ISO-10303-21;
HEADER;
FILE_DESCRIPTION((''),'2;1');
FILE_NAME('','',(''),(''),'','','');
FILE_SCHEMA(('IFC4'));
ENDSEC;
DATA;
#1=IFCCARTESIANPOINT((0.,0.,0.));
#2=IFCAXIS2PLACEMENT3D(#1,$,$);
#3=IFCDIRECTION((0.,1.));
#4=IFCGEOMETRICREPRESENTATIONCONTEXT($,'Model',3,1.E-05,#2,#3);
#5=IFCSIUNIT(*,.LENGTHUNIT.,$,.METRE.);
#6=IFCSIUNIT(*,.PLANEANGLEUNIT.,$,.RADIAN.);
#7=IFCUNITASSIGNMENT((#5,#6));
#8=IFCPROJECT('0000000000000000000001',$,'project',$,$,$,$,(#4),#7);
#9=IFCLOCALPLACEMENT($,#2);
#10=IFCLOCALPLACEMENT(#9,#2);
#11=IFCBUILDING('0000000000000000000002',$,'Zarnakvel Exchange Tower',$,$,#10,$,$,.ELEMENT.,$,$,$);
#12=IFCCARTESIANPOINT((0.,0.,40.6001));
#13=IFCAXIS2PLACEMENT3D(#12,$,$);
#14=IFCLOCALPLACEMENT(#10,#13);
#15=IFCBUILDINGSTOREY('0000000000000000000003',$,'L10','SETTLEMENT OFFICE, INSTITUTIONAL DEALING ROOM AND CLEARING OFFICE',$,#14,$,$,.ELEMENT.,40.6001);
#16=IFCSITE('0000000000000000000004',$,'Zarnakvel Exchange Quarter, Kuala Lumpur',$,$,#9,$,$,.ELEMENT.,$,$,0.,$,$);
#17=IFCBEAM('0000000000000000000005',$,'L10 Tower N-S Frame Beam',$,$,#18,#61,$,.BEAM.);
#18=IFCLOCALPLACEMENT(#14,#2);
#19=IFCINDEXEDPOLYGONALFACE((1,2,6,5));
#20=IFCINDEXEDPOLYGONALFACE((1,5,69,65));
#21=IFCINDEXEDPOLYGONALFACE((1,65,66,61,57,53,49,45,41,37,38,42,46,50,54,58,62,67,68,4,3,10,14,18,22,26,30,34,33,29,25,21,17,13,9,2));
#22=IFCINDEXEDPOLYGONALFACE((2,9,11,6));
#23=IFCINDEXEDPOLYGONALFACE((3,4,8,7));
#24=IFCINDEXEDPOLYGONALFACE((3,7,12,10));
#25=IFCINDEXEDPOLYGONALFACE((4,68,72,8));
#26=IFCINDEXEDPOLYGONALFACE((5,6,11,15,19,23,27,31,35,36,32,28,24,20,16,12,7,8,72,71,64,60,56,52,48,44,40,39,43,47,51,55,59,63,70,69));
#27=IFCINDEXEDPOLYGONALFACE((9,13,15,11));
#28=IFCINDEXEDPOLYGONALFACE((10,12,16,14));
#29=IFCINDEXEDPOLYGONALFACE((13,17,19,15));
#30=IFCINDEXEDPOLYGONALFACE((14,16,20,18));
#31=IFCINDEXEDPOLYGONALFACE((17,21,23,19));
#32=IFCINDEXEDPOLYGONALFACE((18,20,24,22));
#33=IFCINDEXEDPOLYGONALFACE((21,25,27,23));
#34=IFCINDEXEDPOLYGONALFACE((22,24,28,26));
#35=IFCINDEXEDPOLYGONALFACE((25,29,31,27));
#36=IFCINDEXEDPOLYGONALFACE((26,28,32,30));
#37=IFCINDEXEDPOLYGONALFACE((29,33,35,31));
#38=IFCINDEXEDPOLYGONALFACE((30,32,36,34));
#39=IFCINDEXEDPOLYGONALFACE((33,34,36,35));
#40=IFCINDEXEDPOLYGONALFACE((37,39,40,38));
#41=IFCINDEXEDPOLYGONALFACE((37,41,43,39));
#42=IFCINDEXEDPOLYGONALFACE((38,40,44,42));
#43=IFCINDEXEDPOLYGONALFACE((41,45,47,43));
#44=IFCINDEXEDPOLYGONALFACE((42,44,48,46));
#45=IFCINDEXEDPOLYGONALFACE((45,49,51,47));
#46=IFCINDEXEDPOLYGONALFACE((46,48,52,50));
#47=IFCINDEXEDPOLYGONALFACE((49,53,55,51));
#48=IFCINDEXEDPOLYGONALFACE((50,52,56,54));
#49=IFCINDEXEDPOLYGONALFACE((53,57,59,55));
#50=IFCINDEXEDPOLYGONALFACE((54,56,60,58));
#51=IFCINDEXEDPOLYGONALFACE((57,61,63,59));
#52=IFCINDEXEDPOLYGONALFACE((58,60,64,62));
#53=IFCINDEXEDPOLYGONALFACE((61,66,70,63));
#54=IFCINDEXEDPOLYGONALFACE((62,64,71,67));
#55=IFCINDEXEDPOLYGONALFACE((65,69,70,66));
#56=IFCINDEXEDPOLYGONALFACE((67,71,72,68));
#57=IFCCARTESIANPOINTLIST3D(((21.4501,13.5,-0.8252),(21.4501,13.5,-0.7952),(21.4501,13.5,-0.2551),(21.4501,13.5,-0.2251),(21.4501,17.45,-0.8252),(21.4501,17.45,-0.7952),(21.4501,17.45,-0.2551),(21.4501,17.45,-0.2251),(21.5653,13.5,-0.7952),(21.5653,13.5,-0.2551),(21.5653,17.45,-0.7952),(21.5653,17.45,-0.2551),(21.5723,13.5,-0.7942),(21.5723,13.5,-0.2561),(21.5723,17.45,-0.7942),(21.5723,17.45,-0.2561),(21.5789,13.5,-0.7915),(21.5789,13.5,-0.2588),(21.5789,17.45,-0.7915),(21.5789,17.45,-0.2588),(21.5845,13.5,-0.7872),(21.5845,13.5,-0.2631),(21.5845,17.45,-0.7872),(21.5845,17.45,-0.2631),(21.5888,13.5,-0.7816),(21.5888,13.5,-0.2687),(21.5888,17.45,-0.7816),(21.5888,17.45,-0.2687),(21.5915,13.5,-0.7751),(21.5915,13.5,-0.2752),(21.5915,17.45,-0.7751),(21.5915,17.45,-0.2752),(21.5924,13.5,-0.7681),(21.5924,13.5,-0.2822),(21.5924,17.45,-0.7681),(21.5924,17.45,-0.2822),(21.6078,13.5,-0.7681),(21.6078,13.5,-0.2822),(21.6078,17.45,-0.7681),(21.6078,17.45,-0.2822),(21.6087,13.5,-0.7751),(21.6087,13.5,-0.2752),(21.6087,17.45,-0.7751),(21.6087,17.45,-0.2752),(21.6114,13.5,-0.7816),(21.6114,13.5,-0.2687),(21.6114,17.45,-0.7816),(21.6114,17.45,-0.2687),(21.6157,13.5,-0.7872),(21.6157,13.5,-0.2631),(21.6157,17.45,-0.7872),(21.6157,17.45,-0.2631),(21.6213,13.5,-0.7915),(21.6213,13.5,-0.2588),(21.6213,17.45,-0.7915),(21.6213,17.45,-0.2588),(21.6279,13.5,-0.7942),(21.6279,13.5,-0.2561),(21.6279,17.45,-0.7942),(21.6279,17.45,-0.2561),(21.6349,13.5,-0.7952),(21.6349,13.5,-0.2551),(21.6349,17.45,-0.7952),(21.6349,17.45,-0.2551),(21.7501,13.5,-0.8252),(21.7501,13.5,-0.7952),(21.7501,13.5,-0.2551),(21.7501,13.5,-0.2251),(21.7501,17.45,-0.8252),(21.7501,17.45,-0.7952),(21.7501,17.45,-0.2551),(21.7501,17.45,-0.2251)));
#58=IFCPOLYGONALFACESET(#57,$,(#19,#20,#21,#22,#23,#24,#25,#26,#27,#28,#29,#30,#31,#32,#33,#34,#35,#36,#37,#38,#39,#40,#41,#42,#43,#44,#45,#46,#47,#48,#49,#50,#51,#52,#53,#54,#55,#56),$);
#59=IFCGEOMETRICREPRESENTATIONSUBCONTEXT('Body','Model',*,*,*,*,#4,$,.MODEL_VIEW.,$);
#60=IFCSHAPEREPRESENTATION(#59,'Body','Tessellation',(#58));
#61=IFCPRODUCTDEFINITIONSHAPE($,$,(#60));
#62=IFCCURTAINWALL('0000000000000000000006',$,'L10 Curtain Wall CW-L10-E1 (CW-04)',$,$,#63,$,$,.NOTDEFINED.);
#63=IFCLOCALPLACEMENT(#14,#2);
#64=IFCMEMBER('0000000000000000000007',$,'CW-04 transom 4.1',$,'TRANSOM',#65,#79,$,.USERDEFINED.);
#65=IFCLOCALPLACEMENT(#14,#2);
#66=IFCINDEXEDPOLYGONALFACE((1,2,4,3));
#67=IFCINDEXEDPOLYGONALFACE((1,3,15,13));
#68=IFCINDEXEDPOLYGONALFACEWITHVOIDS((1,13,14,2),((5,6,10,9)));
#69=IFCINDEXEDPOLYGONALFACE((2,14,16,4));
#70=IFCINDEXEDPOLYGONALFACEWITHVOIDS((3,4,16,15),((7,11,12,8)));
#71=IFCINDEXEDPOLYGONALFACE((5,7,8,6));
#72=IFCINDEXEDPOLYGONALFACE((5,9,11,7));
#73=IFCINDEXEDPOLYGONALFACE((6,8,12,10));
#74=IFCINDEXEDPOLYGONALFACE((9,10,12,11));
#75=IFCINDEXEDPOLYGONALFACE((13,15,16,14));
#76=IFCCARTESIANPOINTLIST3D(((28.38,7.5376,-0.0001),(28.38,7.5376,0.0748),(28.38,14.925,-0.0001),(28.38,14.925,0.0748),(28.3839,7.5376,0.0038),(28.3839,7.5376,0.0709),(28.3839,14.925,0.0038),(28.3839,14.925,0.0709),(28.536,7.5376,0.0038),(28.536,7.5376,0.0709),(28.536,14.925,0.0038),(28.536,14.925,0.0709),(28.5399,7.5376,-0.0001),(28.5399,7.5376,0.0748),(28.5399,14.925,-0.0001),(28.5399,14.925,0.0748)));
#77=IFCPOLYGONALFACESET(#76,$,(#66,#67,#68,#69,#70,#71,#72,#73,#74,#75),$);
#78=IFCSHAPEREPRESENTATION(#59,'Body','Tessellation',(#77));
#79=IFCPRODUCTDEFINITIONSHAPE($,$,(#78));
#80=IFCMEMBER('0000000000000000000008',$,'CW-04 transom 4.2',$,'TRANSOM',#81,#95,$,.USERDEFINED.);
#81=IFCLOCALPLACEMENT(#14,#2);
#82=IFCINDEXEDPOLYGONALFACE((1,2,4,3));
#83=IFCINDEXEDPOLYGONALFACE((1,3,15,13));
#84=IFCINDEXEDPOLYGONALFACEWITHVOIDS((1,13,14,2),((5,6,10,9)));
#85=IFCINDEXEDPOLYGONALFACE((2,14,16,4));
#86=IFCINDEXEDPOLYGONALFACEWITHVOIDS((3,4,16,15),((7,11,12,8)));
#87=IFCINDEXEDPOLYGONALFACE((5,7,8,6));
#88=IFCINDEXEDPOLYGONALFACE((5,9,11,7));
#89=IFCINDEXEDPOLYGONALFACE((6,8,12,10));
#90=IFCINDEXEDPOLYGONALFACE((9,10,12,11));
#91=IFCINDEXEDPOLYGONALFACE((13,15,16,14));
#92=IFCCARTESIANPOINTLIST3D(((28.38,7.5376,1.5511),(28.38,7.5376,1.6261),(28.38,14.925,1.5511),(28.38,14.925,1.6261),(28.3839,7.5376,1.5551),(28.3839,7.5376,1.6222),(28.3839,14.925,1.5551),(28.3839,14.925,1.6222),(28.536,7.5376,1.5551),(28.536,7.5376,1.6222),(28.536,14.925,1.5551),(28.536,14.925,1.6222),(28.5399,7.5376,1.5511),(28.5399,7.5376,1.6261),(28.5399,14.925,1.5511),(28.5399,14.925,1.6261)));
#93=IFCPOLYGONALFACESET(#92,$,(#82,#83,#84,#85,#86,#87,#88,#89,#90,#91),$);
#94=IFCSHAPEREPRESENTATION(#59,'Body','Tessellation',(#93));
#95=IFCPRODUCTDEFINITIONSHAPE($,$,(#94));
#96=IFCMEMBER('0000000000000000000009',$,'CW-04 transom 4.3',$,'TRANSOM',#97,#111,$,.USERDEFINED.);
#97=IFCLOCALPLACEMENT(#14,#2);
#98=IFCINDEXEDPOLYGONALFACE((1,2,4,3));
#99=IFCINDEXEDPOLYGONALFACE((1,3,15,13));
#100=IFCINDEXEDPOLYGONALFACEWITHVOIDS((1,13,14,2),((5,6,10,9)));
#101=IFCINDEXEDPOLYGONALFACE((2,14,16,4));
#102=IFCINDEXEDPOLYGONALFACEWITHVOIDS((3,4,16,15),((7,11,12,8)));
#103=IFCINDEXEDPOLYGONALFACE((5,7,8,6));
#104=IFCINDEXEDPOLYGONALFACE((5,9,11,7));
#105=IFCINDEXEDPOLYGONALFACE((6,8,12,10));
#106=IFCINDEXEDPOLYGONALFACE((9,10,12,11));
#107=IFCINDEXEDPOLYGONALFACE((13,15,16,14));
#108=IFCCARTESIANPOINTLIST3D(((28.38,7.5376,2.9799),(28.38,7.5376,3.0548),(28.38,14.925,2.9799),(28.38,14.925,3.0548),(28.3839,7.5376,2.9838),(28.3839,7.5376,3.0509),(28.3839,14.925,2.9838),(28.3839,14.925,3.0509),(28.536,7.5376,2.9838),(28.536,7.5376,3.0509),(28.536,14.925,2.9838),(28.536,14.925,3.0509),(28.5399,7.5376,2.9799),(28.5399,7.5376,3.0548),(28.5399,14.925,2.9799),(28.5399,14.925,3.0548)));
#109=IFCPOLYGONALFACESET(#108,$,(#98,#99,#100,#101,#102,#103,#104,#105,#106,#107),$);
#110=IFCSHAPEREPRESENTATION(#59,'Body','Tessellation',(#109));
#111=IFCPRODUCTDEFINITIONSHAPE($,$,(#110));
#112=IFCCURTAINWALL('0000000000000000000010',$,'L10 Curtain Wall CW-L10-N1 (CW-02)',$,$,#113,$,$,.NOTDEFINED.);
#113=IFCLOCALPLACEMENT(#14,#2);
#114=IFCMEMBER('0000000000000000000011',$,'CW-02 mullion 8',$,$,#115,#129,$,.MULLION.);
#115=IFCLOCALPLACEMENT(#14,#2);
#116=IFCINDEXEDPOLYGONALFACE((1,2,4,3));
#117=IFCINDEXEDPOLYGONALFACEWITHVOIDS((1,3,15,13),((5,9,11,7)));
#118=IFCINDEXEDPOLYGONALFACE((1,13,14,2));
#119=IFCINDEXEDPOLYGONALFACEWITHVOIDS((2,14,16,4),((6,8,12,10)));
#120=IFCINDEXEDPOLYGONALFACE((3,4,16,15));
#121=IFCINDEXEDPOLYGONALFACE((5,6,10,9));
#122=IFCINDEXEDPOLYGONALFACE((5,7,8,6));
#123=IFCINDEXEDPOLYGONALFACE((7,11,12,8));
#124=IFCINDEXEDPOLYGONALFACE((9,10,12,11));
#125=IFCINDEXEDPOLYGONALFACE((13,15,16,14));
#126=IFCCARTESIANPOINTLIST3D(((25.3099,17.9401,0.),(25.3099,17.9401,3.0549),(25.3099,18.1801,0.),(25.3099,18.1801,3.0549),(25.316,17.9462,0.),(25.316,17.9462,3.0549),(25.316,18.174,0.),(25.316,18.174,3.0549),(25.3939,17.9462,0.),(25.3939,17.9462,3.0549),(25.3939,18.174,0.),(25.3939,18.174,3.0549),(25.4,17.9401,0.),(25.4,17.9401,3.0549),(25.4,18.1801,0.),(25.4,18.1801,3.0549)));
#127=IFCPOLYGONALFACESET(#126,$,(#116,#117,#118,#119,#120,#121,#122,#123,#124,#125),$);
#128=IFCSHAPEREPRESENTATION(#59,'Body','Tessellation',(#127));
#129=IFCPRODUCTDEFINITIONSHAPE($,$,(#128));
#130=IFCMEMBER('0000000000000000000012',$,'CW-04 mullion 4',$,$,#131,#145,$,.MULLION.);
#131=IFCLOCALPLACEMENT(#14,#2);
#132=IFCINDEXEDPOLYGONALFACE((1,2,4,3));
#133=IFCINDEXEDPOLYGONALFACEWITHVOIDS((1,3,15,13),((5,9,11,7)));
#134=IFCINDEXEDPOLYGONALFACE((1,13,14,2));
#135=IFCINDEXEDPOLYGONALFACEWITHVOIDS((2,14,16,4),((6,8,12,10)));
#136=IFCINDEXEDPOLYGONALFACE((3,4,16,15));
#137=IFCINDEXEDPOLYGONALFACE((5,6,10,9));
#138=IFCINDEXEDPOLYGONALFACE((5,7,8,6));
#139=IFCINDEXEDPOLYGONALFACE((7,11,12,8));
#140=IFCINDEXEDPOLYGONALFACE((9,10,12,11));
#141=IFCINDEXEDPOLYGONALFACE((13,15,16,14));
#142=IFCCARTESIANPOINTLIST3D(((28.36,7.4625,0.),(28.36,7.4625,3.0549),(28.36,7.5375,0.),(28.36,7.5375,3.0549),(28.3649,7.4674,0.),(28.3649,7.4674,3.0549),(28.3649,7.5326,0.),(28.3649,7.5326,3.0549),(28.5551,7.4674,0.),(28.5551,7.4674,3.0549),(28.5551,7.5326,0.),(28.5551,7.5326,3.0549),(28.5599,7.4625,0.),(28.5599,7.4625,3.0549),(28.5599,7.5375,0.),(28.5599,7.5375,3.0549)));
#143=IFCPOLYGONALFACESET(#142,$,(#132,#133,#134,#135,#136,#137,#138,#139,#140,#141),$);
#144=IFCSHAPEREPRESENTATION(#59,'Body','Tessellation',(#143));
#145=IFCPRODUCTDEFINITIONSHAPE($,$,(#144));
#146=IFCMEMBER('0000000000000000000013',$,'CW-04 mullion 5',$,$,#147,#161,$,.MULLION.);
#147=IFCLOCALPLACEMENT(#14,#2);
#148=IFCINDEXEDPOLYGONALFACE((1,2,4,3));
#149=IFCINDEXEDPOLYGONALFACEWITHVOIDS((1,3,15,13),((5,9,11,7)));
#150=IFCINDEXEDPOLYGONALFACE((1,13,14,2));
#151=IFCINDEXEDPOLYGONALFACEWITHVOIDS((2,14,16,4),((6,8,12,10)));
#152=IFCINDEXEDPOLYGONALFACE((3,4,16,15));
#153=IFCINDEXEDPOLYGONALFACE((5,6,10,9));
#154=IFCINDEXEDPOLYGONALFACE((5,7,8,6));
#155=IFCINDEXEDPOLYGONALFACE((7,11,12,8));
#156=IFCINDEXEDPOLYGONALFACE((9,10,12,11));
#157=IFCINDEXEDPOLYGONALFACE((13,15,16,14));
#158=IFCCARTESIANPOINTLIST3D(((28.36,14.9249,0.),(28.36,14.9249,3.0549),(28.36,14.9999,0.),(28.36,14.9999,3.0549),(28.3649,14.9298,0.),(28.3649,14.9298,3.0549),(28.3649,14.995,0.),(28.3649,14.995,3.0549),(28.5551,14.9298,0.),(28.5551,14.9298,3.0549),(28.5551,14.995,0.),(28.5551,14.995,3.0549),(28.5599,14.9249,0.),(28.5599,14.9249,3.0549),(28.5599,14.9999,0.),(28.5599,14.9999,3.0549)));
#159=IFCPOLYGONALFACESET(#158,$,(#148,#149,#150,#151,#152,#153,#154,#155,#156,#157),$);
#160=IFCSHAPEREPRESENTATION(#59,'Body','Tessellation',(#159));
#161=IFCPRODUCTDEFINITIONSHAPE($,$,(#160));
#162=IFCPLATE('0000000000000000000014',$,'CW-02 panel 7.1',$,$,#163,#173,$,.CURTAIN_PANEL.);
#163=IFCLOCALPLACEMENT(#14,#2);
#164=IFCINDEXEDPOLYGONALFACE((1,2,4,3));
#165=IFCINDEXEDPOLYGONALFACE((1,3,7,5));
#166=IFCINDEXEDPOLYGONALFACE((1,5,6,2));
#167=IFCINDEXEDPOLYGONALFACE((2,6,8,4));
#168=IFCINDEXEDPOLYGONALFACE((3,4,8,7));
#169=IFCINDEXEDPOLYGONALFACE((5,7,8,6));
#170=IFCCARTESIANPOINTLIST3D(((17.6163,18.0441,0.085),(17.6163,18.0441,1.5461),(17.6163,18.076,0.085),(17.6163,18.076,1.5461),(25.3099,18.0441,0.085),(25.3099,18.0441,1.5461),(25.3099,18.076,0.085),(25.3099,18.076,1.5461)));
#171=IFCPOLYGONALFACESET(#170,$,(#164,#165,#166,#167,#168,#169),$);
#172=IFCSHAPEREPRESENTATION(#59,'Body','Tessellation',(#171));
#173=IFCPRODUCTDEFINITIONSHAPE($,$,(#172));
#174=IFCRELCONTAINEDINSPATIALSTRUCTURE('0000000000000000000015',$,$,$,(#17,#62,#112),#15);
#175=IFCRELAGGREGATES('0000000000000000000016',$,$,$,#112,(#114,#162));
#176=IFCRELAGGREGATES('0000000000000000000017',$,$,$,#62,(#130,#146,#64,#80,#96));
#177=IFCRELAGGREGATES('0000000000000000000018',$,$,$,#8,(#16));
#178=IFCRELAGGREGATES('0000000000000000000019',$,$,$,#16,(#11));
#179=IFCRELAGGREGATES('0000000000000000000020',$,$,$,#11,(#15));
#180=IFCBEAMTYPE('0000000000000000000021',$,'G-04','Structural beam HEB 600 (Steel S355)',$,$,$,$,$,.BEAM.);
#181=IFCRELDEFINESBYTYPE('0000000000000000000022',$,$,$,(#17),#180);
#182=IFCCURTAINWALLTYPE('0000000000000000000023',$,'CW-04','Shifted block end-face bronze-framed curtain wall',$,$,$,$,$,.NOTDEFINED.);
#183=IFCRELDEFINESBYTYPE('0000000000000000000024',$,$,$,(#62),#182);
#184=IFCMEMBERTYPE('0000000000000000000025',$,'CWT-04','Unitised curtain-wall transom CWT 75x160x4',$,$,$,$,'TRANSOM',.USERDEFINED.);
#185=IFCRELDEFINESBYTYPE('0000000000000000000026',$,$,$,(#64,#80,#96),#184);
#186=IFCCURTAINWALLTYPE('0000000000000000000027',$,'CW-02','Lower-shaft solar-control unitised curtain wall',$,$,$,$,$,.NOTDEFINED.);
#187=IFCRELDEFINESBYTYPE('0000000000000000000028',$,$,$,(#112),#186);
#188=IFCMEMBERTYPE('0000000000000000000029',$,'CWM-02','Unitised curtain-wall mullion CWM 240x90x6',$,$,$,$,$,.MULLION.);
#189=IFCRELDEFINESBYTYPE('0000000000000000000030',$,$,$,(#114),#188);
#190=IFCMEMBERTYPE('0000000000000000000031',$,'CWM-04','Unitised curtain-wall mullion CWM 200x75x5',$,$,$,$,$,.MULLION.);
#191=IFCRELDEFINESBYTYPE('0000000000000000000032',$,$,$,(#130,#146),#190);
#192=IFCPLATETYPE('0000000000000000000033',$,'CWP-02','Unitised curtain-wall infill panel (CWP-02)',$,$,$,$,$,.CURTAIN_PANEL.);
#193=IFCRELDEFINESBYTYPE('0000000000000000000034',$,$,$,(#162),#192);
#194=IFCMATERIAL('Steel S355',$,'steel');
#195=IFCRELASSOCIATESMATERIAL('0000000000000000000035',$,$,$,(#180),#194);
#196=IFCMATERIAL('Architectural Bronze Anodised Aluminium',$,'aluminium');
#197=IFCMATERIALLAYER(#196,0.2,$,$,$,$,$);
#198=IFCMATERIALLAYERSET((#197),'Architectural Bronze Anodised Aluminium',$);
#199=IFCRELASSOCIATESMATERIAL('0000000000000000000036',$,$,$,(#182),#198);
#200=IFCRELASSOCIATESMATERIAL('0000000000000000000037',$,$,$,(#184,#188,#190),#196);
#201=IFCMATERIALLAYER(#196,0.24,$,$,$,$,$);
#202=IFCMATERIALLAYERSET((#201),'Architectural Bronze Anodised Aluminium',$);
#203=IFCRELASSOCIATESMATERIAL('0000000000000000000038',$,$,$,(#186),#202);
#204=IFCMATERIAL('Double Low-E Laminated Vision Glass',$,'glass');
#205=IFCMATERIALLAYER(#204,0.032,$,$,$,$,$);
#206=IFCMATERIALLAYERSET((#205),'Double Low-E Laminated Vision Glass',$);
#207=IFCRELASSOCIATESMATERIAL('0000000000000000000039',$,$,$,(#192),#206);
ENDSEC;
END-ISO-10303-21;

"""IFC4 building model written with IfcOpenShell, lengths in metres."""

from ifc_helpers import new_model, si_unit, direction, frame, origin, origin_2d, place, context, subcontext, project, spatial, rectangle, hollow_rectangle, i_section, extrude, source, transform, mapped, material, layer, layer_set, material_profile, profile_set, type_object, element, aggregate, save


model = new_model("IFC4")

# Units and contexts
model_context = context("Model", 3, precision=1e-05, world=origin(), true_north=direction((0.0, 1.0)))
body_context = subcontext(model_context, "Body", "Model", "MODEL_VIEW")
ifc_project = project(units=[si_unit("LENGTHUNIT", "METRE"), si_unit("PLANEANGLEUNIT", "RADIAN")], contexts=[model_context])

# Site, building, storey
site_placement = place(None, origin())
site = spatial("IfcSite", under=ifc_project, at=site_placement, Name="Zarnakvel Exchange Quarter, Kuala Lumpur", CompositionType="ELEMENT", RefElevation=0.0)
building_placement = place(site_placement, origin())
building = spatial("IfcBuilding", under=site, at=building_placement, Name="Zarnakvel Exchange Tower", CompositionType="ELEMENT")
storey_placement = place(building_placement, frame((0.0, 0.0, 40.6001)))
storey = spatial("IfcBuildingStorey", under=building, at=storey_placement, Name="L10", Description="SETTLEMENT OFFICE, INSTITUTIONAL DEALING ROOM AND CLEARING OFFICE", CompositionType="ELEMENT", Elevation=40.6001)

# Shared definitions
ifc_material_1 = material(Name="Steel S355", Category="steel")

# Beam
ifc_material_profile_1 = material_profile(ifc_material_1, i_section(OverallWidth=0.3, OverallDepth=0.6001, WebThickness=0.0154, FlangeThickness=0.03, FilletRadius=0.0271, at=origin_2d()))
ifc_profile_set_1 = profile_set([ifc_material_profile_1], Name="Steel S355")
beam_type = type_object("IfcBeamType", Name="G-04", Description="Structural beam HEB 600 (Steel S355)", PredefinedType="BEAM", material=ifc_profile_set_1)
beam_1_placement = place(storey_placement, frame((21.6001, 13.5, -0.5251), z_axis=(0.0, 1.0, 0.0), x_axis=(-1.0, 0.0, 0.0)))
element("IfcBeam", 1, at=beam_1_placement, inside=storey, type_object=beam_type, Name="L10 Tower N-S Frame Beam", PredefinedType="BEAM", context=body_context, shape_type="SweptSolid", body=[
    extrude(i_section(OverallWidth=0.3, OverallDepth=0.6001, WebThickness=0.0154, FlangeThickness=0.03, FilletRadius=0.0271, at=origin_2d()), origin(), (0.0, 0.0, 1.0), 3.95),
])

# Curtain wall, members
ifc_material_2 = material(Name="Architectural Bronze Anodised Aluminium", Category="aluminium")
ifc_layer_1 = layer(ifc_material_2, 0.2)
ifc_layer_set_1 = layer_set([ifc_layer_1], Name="Architectural Bronze Anodised Aluminium")
curtain_wall_type_1 = type_object("IfcCurtainWallType", Name="CW-04", Description="Shifted block end-face bronze-framed curtain wall", PredefinedType="NOTDEFINED", material=ifc_layer_set_1)
curtain_wall_1_placement = place(storey_placement, origin())
curtain_wall_1 = element("IfcCurtainWall", 2, at=curtain_wall_1_placement, inside=storey, type_object=curtain_wall_type_1, Name="L10 Curtain Wall CW-L10-E1 (CW-04)", PredefinedType="NOTDEFINED")
ifc_material_profile_2 = material_profile(ifc_material_2, hollow_rectangle(XDim=0.1599, YDim=0.075, WallThickness=0.0039, at=origin_2d()))
ifc_profile_set_2 = profile_set([ifc_material_profile_2], Name="Architectural Bronze Anodised Aluminium")
member_type_1 = type_object("IfcMemberType", Name="CWT-04", Description="Unitised curtain-wall transom CWT 75x160x4", ElementType="TRANSOM", PredefinedType="USERDEFINED", material=ifc_profile_set_2)
shared_shape_1 = source(origin(), body_context, "Body", "SweptSolid", [
    extrude(hollow_rectangle(XDim=0.1599, YDim=0.075, WallThickness=0.0039, at=origin_2d()), origin(), (0.0, 0.0, 1.0), 7.3875),
])
member_1_placement = place(storey_placement, frame((28.46, 7.5376, 0.0374), z_axis=(0.0, 1.0, 0.0), x_axis=(-1.0, 0.0, 0.0)))
member_1 = element("IfcMember", 3, at=member_1_placement, type_object=member_type_1, Name="CW-04 transom 4.1", ObjectType="TRANSOM", PredefinedType="USERDEFINED", context=body_context, shape_type="MappedRepresentation", body=[
    mapped(shared_shape_1, transform((0.0, 0.0, 0.0), x_axis=(1.0, 0.0, 0.0), y_axis=(0.0, 1.0, 0.0), z_axis=(0.0, 0.0, 1.0), scale=1.0)),
])
member_2_placement = place(storey_placement, frame((28.46, 7.5376, 1.5886), z_axis=(0.0, 1.0, 0.0), x_axis=(-1.0, 0.0, 0.0)))
member_2 = element("IfcMember", 4, at=member_2_placement, type_object=member_type_1, Name="CW-04 transom 4.2", ObjectType="TRANSOM", PredefinedType="USERDEFINED", context=body_context, shape_type="MappedRepresentation", body=[
    mapped(shared_shape_1, transform((0.0, 0.0, 0.0), x_axis=(1.0, 0.0, 0.0), y_axis=(0.0, 1.0, 0.0), z_axis=(0.0, 0.0, 1.0), scale=1.0)),
])
member_3_placement = place(storey_placement, frame((28.46, 7.5376, 3.0173), z_axis=(0.0, 1.0, 0.0), x_axis=(-1.0, 0.0, 0.0)))
member_3 = element("IfcMember", 5, at=member_3_placement, type_object=member_type_1, Name="CW-04 transom 4.3", ObjectType="TRANSOM", PredefinedType="USERDEFINED", context=body_context, shape_type="MappedRepresentation", body=[
    mapped(shared_shape_1, transform((0.0, 0.0, 0.0), x_axis=(1.0, 0.0, 0.0), y_axis=(0.0, 1.0, 0.0), z_axis=(0.0, 0.0, 1.0), scale=1.0)),
])

# Curtain wall, member
ifc_layer_2 = layer(ifc_material_2, 0.24)
ifc_layer_set_2 = layer_set([ifc_layer_2], Name="Architectural Bronze Anodised Aluminium")
curtain_wall_type_2 = type_object("IfcCurtainWallType", Name="CW-02", Description="Lower-shaft solar-control unitised curtain wall", PredefinedType="NOTDEFINED", material=ifc_layer_set_2)
curtain_wall_2_placement = place(storey_placement, origin())
curtain_wall_2 = element("IfcCurtainWall", 6, at=curtain_wall_2_placement, inside=storey, type_object=curtain_wall_type_2, Name="L10 Curtain Wall CW-L10-N1 (CW-02)", PredefinedType="NOTDEFINED")
ifc_material_profile_3 = material_profile(ifc_material_2, hollow_rectangle(XDim=0.24, YDim=0.0901, WallThickness=0.0061, at=origin_2d()))
ifc_profile_set_3 = profile_set([ifc_material_profile_3], Name="Architectural Bronze Anodised Aluminium")
member_type_2 = type_object("IfcMemberType", Name="CWM-02", Description="Unitised curtain-wall mullion CWM 240x90x6", PredefinedType="MULLION", material=ifc_profile_set_3)
shared_shape_2 = source(origin(), body_context, "Body", "SweptSolid", [
    extrude(hollow_rectangle(XDim=0.24, YDim=0.0901, WallThickness=0.0061, at=origin_2d()), origin(), (0.0, 0.0, 1.0), 3.0549),
])
member_4_placement = place(storey_placement, frame((25.355, 18.0601, 0.0), z_axis=(0.0, 0.0, 1.0), x_axis=(0.0, 1.0, 0.0)))
member_4 = element("IfcMember", 7, at=member_4_placement, type_object=member_type_2, Name="CW-02 mullion 8", PredefinedType="MULLION", context=body_context, shape_type="MappedRepresentation", body=[
    mapped(shared_shape_2, transform((0.0, 0.0, 0.0), x_axis=(1.0, 0.0, 0.0), y_axis=(0.0, 1.0, 0.0), z_axis=(0.0, 0.0, 1.0), scale=1.0)),
])

# Members
ifc_material_profile_4 = material_profile(ifc_material_2, hollow_rectangle(XDim=0.2, YDim=0.075, WallThickness=0.0049, at=origin_2d()))
ifc_profile_set_4 = profile_set([ifc_material_profile_4], Name="Architectural Bronze Anodised Aluminium")
member_type_3 = type_object("IfcMemberType", Name="CWM-04", Description="Unitised curtain-wall mullion CWM 200x75x5", PredefinedType="MULLION", material=ifc_profile_set_4)
shared_shape_3 = source(origin(), body_context, "Body", "SweptSolid", [
    extrude(hollow_rectangle(XDim=0.2, YDim=0.075, WallThickness=0.0049, at=origin_2d()), origin(), (0.0, 0.0, 1.0), 3.0549),
])
member_5_placement = place(storey_placement, frame((28.46, 7.5, 0.0), z_axis=(0.0, 0.0, 1.0), x_axis=(-1.0, 0.0, 0.0)))
member_5 = element("IfcMember", 8, at=member_5_placement, type_object=member_type_3, Name="CW-04 mullion 4", PredefinedType="MULLION", context=body_context, shape_type="MappedRepresentation", body=[
    mapped(shared_shape_3, transform((0.0, 0.0, 0.0), x_axis=(1.0, 0.0, 0.0), y_axis=(0.0, 1.0, 0.0), z_axis=(0.0, 0.0, 1.0), scale=1.0)),
])
member_6_placement = place(storey_placement, frame((28.46, 14.9624, 0.0), z_axis=(0.0, 0.0, 1.0), x_axis=(-1.0, 0.0, 0.0)))
member_6 = element("IfcMember", 9, at=member_6_placement, type_object=member_type_3, Name="CW-04 mullion 5", PredefinedType="MULLION", context=body_context, shape_type="MappedRepresentation", body=[
    mapped(shared_shape_3, transform((0.0, 0.0, 0.0), x_axis=(1.0, 0.0, 0.0), y_axis=(0.0, 1.0, 0.0), z_axis=(0.0, 0.0, 1.0), scale=1.0)),
])

# Plate
ifc_material_3 = material(Name="Double Low-E Laminated Vision Glass", Category="glass")
ifc_layer_3 = layer(ifc_material_3, 0.032)
ifc_layer_set_3 = layer_set([ifc_layer_3], Name="Double Low-E Laminated Vision Glass")
plate_type_1 = type_object("IfcPlateType", Name="CWP-02", Description="Unitised curtain-wall infill panel (CWP-02)", PredefinedType="CURTAIN_PANEL", material=ifc_layer_set_3)
shared_shape_4 = source(origin(), body_context, "Body", "SweptSolid", [
    extrude(rectangle(XDim=7.6936, YDim=0.032, at=origin_2d()), origin(), (0.0, 0.0, 1.0), 1.4612),
])
plate_1_placement = place(storey_placement, frame((21.4631, 18.0601, 0.085), z_axis=(0.0, 0.0, 1.0), x_axis=(1.0, 0.0, 0.0)))
plate_1 = element("IfcPlate", 10, at=plate_1_placement, type_object=plate_type_1, Name="CW-02 panel 7.1", PredefinedType="CURTAIN_PANEL", context=body_context, shape_type="MappedRepresentation", body=[
    mapped(shared_shape_4, transform((0.0, 0.0, 0.0), x_axis=(1.0, 0.0, 0.0), y_axis=(0.0, 1.0, 0.0), z_axis=(0.0, 0.0, 1.0), scale=1.0)),
])
aggregate(curtain_wall_2, [member_4, plate_1])
aggregate(curtain_wall_1, [member_5, member_6, member_1, member_2, member_3])

save(model, "model.ifc")
